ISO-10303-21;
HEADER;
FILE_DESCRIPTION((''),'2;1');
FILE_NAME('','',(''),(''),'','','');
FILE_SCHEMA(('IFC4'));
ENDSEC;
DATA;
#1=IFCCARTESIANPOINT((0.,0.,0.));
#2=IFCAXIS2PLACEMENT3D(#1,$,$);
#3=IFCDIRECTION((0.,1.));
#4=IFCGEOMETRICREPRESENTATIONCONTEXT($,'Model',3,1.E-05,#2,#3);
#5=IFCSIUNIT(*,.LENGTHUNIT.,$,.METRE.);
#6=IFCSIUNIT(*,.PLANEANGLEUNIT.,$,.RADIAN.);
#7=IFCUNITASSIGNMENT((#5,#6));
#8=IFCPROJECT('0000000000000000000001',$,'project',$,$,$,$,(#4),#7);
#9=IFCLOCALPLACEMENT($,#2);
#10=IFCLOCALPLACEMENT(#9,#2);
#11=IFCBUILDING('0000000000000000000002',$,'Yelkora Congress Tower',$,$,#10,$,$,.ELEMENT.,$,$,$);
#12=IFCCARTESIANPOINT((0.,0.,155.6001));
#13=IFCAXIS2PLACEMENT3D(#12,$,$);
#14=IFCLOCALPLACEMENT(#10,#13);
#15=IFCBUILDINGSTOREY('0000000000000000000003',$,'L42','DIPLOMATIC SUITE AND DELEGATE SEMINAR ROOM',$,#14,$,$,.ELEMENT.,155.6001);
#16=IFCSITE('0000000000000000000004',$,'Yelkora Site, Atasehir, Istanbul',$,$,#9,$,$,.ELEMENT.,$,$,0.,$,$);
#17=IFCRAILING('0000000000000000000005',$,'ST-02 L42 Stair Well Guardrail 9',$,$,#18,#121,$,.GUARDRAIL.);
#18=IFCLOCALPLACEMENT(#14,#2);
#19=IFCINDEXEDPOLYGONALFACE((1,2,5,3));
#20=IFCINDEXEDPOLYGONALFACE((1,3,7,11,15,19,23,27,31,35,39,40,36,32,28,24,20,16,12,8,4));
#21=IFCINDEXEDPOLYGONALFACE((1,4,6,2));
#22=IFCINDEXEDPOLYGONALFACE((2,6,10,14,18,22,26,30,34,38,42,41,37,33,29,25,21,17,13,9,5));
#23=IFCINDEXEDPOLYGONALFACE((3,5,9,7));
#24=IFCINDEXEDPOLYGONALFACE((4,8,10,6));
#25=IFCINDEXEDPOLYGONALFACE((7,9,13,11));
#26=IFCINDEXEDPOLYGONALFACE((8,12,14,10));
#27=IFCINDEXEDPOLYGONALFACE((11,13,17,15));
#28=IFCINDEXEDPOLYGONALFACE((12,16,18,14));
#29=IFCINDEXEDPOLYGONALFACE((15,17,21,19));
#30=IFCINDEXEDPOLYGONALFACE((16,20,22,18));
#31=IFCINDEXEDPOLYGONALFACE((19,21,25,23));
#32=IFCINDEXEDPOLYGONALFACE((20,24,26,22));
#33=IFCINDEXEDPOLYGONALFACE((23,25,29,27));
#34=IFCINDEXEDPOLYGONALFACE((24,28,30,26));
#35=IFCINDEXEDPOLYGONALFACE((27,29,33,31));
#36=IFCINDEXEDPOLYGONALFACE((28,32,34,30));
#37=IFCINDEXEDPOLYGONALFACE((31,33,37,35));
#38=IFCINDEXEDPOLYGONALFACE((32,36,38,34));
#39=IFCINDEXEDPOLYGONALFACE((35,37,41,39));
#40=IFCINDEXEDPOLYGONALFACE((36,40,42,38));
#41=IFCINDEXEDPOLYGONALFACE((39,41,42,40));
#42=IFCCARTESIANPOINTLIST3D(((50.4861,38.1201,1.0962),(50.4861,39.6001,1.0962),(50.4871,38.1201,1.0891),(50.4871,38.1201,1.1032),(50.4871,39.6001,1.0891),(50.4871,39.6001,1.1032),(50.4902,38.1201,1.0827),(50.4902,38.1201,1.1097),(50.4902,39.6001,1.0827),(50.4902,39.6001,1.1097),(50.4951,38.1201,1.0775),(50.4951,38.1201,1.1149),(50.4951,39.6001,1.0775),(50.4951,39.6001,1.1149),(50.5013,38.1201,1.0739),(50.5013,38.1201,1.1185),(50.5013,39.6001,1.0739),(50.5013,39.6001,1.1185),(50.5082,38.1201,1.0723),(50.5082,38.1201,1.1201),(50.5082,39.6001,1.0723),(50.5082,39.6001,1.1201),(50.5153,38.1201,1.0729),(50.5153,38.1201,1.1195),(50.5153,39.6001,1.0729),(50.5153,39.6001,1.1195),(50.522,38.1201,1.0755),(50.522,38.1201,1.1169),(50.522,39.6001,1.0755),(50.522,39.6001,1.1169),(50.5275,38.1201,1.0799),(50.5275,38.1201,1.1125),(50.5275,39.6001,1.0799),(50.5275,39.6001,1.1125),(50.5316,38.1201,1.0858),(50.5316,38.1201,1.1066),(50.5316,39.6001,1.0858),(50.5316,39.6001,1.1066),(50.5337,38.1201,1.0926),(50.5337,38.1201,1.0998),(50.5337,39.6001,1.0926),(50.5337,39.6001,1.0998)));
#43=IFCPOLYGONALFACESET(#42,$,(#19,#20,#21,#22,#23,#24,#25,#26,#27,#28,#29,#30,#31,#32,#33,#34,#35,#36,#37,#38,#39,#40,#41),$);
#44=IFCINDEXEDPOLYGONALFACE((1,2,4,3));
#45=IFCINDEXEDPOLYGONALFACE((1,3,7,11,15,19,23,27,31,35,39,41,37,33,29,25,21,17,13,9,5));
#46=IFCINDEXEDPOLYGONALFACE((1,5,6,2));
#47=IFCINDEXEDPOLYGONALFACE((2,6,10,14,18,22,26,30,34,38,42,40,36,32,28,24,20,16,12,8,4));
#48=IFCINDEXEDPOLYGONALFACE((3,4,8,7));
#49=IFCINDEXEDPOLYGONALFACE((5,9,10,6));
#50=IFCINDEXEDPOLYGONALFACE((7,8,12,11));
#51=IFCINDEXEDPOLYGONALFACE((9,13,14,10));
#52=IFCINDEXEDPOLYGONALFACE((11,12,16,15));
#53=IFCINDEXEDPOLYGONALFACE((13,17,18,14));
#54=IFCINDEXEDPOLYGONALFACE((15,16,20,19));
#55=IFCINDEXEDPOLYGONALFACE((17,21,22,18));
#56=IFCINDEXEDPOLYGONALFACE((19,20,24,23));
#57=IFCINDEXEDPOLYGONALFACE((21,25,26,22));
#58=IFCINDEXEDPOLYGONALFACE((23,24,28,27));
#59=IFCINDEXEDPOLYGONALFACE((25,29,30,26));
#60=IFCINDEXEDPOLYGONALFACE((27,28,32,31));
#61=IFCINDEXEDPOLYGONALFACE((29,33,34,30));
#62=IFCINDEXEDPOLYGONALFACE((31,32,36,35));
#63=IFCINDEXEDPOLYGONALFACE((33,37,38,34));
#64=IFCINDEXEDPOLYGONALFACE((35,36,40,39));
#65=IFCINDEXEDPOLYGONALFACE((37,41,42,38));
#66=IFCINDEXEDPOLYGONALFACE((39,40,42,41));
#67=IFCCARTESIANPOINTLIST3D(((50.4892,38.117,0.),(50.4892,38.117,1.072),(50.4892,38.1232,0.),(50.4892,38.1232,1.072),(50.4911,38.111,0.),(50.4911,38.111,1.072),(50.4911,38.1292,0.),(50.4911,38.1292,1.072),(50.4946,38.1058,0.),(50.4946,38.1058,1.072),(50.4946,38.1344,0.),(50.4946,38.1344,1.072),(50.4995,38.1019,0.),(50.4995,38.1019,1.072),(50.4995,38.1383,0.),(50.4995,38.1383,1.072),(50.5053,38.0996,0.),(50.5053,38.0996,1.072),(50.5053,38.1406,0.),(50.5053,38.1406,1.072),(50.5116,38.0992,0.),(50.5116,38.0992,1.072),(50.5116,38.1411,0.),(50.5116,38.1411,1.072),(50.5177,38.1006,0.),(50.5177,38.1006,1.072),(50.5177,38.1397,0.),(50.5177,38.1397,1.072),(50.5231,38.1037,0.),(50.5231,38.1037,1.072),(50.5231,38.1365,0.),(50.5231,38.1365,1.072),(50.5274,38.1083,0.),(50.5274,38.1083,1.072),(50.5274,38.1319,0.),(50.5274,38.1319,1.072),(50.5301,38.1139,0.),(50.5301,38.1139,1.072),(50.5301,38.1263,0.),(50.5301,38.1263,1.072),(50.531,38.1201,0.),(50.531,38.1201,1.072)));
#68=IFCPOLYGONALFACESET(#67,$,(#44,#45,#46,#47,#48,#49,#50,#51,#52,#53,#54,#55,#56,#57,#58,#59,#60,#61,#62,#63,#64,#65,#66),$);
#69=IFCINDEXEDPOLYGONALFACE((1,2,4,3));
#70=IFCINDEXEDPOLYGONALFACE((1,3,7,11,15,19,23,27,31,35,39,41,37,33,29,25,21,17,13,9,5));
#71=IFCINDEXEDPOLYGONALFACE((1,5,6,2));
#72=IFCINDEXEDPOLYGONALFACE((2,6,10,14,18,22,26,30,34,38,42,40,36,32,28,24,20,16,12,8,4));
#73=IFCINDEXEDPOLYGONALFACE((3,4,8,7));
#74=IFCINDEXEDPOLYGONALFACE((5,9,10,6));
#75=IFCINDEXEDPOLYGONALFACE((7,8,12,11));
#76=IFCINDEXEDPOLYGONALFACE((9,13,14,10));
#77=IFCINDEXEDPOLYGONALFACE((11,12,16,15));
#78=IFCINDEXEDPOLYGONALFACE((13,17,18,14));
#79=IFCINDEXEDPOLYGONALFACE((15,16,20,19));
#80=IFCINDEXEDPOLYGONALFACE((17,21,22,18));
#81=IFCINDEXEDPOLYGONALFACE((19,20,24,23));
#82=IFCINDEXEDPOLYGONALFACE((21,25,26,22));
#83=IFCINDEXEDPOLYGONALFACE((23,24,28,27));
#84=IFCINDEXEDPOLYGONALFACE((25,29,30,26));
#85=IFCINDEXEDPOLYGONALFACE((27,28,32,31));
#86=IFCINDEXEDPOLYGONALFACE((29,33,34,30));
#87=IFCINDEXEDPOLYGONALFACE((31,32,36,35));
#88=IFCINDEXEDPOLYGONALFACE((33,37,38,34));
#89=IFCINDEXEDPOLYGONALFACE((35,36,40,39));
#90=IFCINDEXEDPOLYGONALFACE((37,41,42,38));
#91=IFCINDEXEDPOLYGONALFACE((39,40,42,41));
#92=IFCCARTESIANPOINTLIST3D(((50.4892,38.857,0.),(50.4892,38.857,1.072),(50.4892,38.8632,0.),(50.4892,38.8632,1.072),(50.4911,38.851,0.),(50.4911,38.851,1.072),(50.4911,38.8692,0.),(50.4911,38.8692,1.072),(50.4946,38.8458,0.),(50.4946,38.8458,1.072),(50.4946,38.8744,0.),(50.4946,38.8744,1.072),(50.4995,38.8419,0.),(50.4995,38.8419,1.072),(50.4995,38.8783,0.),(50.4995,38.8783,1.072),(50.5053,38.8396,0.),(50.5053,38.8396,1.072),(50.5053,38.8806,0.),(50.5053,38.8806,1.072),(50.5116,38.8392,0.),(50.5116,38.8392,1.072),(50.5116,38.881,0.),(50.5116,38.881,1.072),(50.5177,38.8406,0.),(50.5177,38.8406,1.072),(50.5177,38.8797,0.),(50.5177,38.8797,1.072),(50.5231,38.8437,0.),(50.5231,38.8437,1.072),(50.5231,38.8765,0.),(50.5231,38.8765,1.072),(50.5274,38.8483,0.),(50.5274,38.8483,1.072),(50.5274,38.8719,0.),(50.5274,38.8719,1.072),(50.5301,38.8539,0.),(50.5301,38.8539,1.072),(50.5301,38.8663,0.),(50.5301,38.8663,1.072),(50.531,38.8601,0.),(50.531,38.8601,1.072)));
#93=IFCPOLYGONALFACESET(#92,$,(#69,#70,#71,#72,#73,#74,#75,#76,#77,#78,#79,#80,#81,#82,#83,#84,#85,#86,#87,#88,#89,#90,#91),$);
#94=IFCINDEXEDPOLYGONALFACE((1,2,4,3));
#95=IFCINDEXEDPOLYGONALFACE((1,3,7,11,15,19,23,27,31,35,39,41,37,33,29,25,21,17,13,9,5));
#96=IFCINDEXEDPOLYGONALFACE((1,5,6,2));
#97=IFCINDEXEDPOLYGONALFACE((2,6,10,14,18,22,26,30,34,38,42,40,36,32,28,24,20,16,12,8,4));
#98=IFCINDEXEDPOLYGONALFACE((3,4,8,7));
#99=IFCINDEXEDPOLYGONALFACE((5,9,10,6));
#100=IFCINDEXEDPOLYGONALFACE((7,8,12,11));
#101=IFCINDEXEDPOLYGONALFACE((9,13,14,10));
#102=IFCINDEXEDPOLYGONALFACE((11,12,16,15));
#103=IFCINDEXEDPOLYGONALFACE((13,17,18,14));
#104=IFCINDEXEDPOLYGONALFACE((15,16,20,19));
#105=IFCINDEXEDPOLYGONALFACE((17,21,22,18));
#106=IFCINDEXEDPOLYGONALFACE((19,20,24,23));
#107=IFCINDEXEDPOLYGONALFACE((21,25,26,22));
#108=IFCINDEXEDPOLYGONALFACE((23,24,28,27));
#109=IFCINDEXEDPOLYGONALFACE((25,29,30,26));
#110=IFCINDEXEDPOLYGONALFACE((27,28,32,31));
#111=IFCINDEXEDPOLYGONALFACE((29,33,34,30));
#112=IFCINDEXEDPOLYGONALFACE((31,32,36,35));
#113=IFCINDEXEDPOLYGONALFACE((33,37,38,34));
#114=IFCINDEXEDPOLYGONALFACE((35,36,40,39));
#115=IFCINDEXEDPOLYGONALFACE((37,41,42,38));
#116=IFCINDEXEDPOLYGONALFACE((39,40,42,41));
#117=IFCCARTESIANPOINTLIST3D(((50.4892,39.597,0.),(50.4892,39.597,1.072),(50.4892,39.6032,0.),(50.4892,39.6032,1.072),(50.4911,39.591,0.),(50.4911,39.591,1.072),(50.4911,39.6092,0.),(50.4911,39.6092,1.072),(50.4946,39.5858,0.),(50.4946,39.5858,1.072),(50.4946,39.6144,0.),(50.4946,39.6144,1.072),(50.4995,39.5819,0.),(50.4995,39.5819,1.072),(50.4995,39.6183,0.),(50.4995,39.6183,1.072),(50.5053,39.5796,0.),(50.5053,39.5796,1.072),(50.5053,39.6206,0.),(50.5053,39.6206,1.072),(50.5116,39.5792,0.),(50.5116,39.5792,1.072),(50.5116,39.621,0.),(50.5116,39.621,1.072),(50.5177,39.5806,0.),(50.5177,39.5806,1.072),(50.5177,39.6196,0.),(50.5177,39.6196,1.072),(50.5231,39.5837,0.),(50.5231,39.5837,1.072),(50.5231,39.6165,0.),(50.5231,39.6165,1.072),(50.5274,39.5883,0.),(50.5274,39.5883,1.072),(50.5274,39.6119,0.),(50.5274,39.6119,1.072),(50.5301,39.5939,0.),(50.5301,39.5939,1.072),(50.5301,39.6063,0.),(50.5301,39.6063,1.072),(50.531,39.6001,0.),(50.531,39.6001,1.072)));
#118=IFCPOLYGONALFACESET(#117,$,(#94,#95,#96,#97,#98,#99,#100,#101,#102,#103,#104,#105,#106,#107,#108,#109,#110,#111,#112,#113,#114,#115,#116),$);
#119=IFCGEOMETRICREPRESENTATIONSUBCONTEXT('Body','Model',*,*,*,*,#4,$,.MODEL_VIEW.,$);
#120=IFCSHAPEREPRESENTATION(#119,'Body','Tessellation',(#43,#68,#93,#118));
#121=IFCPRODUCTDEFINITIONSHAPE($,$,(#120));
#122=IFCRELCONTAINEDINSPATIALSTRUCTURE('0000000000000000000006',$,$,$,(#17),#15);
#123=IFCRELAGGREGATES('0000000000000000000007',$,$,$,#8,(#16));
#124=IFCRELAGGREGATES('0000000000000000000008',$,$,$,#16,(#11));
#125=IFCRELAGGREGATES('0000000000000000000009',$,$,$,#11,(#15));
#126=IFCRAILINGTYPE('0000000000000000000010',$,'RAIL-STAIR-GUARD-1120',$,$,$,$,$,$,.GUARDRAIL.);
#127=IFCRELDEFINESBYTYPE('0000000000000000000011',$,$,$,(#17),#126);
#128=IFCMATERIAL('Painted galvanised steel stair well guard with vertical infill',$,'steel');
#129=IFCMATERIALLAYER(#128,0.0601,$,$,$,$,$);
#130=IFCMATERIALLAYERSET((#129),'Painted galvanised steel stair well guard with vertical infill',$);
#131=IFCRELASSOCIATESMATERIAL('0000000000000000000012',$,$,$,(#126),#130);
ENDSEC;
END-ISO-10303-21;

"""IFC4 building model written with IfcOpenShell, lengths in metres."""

from ifc_helpers import new_model, si_unit, direction, frame, origin, origin_2d, place, context, subcontext, project, spatial, circle, extrude, material, layer, layer_set, type_object, element, save


model = new_model("IFC4")

# Units and contexts
model_context = context("Model", 3, precision=1e-05, world=origin(), true_north=direction((0.0, 1.0)))
body_context = subcontext(model_context, "Body", "Model", "MODEL_VIEW")
ifc_project = project(units=[si_unit("LENGTHUNIT", "METRE"), si_unit("PLANEANGLEUNIT", "RADIAN")], contexts=[model_context])

# Site, building, storey
site_placement = place(None, origin())
site = spatial("IfcSite", under=ifc_project, at=site_placement, Name="Yelkora Site, Atasehir, Istanbul", CompositionType="ELEMENT", RefElevation=0.0)
building_placement = place(site_placement, origin())
building = spatial("IfcBuilding", under=site, at=building_placement, Name="Yelkora Congress Tower", CompositionType="ELEMENT")
storey_placement = place(building_placement, frame((0.0, 0.0, 155.6001)))
storey = spatial("IfcBuildingStorey", under=building, at=storey_placement, Name="L42", Description="DIPLOMATIC SUITE AND DELEGATE SEMINAR ROOM", CompositionType="ELEMENT", Elevation=155.6001)

# Railing
ifc_material_1 = material(Name="Painted galvanised steel stair well guard with vertical infill", Category="steel")
ifc_layer_1 = layer(ifc_material_1, 0.0601)
ifc_layer_set_1 = layer_set([ifc_layer_1], Name="Painted galvanised steel stair well guard with vertical infill")
railing_type_1 = type_object("IfcRailingType", Name="RAIL-STAIR-GUARD-1120", PredefinedType="GUARDRAIL", material=ifc_layer_set_1)
railing_1_placement = place(storey_placement, frame((50.51, 38.1201, 0.0)))
element("IfcRailing", 1, at=railing_1_placement, inside=storey, type_object=railing_type_1, Name="ST-02 L42 Stair Well Guardrail 9", PredefinedType="GUARDRAIL", context=body_context, shape_type="SweptSolid", body=[
    extrude(circle(Radius=0.0239, at=origin_2d()), frame((0.0, 0.0, 1.0962), z_axis=(0.0, 1.0, 0.0), x_axis=(-1.0, 0.0, 0.0)), (0.0, 0.0, 1.0), 1.48),
    extrude(circle(Radius=0.021, at=origin_2d()), origin(), (0.0, 0.0, 1.0), 1.072),
    extrude(circle(Radius=0.021, at=origin_2d()), frame((0.0, 0.74, 0.0)), (0.0, 0.0, 1.0), 1.072),
    extrude(circle(Radius=0.021, at=origin_2d()), frame((0.0, 1.48, 0.0)), (0.0, 0.0, 1.0), 1.072),
])

save(model, "model.ifc")
